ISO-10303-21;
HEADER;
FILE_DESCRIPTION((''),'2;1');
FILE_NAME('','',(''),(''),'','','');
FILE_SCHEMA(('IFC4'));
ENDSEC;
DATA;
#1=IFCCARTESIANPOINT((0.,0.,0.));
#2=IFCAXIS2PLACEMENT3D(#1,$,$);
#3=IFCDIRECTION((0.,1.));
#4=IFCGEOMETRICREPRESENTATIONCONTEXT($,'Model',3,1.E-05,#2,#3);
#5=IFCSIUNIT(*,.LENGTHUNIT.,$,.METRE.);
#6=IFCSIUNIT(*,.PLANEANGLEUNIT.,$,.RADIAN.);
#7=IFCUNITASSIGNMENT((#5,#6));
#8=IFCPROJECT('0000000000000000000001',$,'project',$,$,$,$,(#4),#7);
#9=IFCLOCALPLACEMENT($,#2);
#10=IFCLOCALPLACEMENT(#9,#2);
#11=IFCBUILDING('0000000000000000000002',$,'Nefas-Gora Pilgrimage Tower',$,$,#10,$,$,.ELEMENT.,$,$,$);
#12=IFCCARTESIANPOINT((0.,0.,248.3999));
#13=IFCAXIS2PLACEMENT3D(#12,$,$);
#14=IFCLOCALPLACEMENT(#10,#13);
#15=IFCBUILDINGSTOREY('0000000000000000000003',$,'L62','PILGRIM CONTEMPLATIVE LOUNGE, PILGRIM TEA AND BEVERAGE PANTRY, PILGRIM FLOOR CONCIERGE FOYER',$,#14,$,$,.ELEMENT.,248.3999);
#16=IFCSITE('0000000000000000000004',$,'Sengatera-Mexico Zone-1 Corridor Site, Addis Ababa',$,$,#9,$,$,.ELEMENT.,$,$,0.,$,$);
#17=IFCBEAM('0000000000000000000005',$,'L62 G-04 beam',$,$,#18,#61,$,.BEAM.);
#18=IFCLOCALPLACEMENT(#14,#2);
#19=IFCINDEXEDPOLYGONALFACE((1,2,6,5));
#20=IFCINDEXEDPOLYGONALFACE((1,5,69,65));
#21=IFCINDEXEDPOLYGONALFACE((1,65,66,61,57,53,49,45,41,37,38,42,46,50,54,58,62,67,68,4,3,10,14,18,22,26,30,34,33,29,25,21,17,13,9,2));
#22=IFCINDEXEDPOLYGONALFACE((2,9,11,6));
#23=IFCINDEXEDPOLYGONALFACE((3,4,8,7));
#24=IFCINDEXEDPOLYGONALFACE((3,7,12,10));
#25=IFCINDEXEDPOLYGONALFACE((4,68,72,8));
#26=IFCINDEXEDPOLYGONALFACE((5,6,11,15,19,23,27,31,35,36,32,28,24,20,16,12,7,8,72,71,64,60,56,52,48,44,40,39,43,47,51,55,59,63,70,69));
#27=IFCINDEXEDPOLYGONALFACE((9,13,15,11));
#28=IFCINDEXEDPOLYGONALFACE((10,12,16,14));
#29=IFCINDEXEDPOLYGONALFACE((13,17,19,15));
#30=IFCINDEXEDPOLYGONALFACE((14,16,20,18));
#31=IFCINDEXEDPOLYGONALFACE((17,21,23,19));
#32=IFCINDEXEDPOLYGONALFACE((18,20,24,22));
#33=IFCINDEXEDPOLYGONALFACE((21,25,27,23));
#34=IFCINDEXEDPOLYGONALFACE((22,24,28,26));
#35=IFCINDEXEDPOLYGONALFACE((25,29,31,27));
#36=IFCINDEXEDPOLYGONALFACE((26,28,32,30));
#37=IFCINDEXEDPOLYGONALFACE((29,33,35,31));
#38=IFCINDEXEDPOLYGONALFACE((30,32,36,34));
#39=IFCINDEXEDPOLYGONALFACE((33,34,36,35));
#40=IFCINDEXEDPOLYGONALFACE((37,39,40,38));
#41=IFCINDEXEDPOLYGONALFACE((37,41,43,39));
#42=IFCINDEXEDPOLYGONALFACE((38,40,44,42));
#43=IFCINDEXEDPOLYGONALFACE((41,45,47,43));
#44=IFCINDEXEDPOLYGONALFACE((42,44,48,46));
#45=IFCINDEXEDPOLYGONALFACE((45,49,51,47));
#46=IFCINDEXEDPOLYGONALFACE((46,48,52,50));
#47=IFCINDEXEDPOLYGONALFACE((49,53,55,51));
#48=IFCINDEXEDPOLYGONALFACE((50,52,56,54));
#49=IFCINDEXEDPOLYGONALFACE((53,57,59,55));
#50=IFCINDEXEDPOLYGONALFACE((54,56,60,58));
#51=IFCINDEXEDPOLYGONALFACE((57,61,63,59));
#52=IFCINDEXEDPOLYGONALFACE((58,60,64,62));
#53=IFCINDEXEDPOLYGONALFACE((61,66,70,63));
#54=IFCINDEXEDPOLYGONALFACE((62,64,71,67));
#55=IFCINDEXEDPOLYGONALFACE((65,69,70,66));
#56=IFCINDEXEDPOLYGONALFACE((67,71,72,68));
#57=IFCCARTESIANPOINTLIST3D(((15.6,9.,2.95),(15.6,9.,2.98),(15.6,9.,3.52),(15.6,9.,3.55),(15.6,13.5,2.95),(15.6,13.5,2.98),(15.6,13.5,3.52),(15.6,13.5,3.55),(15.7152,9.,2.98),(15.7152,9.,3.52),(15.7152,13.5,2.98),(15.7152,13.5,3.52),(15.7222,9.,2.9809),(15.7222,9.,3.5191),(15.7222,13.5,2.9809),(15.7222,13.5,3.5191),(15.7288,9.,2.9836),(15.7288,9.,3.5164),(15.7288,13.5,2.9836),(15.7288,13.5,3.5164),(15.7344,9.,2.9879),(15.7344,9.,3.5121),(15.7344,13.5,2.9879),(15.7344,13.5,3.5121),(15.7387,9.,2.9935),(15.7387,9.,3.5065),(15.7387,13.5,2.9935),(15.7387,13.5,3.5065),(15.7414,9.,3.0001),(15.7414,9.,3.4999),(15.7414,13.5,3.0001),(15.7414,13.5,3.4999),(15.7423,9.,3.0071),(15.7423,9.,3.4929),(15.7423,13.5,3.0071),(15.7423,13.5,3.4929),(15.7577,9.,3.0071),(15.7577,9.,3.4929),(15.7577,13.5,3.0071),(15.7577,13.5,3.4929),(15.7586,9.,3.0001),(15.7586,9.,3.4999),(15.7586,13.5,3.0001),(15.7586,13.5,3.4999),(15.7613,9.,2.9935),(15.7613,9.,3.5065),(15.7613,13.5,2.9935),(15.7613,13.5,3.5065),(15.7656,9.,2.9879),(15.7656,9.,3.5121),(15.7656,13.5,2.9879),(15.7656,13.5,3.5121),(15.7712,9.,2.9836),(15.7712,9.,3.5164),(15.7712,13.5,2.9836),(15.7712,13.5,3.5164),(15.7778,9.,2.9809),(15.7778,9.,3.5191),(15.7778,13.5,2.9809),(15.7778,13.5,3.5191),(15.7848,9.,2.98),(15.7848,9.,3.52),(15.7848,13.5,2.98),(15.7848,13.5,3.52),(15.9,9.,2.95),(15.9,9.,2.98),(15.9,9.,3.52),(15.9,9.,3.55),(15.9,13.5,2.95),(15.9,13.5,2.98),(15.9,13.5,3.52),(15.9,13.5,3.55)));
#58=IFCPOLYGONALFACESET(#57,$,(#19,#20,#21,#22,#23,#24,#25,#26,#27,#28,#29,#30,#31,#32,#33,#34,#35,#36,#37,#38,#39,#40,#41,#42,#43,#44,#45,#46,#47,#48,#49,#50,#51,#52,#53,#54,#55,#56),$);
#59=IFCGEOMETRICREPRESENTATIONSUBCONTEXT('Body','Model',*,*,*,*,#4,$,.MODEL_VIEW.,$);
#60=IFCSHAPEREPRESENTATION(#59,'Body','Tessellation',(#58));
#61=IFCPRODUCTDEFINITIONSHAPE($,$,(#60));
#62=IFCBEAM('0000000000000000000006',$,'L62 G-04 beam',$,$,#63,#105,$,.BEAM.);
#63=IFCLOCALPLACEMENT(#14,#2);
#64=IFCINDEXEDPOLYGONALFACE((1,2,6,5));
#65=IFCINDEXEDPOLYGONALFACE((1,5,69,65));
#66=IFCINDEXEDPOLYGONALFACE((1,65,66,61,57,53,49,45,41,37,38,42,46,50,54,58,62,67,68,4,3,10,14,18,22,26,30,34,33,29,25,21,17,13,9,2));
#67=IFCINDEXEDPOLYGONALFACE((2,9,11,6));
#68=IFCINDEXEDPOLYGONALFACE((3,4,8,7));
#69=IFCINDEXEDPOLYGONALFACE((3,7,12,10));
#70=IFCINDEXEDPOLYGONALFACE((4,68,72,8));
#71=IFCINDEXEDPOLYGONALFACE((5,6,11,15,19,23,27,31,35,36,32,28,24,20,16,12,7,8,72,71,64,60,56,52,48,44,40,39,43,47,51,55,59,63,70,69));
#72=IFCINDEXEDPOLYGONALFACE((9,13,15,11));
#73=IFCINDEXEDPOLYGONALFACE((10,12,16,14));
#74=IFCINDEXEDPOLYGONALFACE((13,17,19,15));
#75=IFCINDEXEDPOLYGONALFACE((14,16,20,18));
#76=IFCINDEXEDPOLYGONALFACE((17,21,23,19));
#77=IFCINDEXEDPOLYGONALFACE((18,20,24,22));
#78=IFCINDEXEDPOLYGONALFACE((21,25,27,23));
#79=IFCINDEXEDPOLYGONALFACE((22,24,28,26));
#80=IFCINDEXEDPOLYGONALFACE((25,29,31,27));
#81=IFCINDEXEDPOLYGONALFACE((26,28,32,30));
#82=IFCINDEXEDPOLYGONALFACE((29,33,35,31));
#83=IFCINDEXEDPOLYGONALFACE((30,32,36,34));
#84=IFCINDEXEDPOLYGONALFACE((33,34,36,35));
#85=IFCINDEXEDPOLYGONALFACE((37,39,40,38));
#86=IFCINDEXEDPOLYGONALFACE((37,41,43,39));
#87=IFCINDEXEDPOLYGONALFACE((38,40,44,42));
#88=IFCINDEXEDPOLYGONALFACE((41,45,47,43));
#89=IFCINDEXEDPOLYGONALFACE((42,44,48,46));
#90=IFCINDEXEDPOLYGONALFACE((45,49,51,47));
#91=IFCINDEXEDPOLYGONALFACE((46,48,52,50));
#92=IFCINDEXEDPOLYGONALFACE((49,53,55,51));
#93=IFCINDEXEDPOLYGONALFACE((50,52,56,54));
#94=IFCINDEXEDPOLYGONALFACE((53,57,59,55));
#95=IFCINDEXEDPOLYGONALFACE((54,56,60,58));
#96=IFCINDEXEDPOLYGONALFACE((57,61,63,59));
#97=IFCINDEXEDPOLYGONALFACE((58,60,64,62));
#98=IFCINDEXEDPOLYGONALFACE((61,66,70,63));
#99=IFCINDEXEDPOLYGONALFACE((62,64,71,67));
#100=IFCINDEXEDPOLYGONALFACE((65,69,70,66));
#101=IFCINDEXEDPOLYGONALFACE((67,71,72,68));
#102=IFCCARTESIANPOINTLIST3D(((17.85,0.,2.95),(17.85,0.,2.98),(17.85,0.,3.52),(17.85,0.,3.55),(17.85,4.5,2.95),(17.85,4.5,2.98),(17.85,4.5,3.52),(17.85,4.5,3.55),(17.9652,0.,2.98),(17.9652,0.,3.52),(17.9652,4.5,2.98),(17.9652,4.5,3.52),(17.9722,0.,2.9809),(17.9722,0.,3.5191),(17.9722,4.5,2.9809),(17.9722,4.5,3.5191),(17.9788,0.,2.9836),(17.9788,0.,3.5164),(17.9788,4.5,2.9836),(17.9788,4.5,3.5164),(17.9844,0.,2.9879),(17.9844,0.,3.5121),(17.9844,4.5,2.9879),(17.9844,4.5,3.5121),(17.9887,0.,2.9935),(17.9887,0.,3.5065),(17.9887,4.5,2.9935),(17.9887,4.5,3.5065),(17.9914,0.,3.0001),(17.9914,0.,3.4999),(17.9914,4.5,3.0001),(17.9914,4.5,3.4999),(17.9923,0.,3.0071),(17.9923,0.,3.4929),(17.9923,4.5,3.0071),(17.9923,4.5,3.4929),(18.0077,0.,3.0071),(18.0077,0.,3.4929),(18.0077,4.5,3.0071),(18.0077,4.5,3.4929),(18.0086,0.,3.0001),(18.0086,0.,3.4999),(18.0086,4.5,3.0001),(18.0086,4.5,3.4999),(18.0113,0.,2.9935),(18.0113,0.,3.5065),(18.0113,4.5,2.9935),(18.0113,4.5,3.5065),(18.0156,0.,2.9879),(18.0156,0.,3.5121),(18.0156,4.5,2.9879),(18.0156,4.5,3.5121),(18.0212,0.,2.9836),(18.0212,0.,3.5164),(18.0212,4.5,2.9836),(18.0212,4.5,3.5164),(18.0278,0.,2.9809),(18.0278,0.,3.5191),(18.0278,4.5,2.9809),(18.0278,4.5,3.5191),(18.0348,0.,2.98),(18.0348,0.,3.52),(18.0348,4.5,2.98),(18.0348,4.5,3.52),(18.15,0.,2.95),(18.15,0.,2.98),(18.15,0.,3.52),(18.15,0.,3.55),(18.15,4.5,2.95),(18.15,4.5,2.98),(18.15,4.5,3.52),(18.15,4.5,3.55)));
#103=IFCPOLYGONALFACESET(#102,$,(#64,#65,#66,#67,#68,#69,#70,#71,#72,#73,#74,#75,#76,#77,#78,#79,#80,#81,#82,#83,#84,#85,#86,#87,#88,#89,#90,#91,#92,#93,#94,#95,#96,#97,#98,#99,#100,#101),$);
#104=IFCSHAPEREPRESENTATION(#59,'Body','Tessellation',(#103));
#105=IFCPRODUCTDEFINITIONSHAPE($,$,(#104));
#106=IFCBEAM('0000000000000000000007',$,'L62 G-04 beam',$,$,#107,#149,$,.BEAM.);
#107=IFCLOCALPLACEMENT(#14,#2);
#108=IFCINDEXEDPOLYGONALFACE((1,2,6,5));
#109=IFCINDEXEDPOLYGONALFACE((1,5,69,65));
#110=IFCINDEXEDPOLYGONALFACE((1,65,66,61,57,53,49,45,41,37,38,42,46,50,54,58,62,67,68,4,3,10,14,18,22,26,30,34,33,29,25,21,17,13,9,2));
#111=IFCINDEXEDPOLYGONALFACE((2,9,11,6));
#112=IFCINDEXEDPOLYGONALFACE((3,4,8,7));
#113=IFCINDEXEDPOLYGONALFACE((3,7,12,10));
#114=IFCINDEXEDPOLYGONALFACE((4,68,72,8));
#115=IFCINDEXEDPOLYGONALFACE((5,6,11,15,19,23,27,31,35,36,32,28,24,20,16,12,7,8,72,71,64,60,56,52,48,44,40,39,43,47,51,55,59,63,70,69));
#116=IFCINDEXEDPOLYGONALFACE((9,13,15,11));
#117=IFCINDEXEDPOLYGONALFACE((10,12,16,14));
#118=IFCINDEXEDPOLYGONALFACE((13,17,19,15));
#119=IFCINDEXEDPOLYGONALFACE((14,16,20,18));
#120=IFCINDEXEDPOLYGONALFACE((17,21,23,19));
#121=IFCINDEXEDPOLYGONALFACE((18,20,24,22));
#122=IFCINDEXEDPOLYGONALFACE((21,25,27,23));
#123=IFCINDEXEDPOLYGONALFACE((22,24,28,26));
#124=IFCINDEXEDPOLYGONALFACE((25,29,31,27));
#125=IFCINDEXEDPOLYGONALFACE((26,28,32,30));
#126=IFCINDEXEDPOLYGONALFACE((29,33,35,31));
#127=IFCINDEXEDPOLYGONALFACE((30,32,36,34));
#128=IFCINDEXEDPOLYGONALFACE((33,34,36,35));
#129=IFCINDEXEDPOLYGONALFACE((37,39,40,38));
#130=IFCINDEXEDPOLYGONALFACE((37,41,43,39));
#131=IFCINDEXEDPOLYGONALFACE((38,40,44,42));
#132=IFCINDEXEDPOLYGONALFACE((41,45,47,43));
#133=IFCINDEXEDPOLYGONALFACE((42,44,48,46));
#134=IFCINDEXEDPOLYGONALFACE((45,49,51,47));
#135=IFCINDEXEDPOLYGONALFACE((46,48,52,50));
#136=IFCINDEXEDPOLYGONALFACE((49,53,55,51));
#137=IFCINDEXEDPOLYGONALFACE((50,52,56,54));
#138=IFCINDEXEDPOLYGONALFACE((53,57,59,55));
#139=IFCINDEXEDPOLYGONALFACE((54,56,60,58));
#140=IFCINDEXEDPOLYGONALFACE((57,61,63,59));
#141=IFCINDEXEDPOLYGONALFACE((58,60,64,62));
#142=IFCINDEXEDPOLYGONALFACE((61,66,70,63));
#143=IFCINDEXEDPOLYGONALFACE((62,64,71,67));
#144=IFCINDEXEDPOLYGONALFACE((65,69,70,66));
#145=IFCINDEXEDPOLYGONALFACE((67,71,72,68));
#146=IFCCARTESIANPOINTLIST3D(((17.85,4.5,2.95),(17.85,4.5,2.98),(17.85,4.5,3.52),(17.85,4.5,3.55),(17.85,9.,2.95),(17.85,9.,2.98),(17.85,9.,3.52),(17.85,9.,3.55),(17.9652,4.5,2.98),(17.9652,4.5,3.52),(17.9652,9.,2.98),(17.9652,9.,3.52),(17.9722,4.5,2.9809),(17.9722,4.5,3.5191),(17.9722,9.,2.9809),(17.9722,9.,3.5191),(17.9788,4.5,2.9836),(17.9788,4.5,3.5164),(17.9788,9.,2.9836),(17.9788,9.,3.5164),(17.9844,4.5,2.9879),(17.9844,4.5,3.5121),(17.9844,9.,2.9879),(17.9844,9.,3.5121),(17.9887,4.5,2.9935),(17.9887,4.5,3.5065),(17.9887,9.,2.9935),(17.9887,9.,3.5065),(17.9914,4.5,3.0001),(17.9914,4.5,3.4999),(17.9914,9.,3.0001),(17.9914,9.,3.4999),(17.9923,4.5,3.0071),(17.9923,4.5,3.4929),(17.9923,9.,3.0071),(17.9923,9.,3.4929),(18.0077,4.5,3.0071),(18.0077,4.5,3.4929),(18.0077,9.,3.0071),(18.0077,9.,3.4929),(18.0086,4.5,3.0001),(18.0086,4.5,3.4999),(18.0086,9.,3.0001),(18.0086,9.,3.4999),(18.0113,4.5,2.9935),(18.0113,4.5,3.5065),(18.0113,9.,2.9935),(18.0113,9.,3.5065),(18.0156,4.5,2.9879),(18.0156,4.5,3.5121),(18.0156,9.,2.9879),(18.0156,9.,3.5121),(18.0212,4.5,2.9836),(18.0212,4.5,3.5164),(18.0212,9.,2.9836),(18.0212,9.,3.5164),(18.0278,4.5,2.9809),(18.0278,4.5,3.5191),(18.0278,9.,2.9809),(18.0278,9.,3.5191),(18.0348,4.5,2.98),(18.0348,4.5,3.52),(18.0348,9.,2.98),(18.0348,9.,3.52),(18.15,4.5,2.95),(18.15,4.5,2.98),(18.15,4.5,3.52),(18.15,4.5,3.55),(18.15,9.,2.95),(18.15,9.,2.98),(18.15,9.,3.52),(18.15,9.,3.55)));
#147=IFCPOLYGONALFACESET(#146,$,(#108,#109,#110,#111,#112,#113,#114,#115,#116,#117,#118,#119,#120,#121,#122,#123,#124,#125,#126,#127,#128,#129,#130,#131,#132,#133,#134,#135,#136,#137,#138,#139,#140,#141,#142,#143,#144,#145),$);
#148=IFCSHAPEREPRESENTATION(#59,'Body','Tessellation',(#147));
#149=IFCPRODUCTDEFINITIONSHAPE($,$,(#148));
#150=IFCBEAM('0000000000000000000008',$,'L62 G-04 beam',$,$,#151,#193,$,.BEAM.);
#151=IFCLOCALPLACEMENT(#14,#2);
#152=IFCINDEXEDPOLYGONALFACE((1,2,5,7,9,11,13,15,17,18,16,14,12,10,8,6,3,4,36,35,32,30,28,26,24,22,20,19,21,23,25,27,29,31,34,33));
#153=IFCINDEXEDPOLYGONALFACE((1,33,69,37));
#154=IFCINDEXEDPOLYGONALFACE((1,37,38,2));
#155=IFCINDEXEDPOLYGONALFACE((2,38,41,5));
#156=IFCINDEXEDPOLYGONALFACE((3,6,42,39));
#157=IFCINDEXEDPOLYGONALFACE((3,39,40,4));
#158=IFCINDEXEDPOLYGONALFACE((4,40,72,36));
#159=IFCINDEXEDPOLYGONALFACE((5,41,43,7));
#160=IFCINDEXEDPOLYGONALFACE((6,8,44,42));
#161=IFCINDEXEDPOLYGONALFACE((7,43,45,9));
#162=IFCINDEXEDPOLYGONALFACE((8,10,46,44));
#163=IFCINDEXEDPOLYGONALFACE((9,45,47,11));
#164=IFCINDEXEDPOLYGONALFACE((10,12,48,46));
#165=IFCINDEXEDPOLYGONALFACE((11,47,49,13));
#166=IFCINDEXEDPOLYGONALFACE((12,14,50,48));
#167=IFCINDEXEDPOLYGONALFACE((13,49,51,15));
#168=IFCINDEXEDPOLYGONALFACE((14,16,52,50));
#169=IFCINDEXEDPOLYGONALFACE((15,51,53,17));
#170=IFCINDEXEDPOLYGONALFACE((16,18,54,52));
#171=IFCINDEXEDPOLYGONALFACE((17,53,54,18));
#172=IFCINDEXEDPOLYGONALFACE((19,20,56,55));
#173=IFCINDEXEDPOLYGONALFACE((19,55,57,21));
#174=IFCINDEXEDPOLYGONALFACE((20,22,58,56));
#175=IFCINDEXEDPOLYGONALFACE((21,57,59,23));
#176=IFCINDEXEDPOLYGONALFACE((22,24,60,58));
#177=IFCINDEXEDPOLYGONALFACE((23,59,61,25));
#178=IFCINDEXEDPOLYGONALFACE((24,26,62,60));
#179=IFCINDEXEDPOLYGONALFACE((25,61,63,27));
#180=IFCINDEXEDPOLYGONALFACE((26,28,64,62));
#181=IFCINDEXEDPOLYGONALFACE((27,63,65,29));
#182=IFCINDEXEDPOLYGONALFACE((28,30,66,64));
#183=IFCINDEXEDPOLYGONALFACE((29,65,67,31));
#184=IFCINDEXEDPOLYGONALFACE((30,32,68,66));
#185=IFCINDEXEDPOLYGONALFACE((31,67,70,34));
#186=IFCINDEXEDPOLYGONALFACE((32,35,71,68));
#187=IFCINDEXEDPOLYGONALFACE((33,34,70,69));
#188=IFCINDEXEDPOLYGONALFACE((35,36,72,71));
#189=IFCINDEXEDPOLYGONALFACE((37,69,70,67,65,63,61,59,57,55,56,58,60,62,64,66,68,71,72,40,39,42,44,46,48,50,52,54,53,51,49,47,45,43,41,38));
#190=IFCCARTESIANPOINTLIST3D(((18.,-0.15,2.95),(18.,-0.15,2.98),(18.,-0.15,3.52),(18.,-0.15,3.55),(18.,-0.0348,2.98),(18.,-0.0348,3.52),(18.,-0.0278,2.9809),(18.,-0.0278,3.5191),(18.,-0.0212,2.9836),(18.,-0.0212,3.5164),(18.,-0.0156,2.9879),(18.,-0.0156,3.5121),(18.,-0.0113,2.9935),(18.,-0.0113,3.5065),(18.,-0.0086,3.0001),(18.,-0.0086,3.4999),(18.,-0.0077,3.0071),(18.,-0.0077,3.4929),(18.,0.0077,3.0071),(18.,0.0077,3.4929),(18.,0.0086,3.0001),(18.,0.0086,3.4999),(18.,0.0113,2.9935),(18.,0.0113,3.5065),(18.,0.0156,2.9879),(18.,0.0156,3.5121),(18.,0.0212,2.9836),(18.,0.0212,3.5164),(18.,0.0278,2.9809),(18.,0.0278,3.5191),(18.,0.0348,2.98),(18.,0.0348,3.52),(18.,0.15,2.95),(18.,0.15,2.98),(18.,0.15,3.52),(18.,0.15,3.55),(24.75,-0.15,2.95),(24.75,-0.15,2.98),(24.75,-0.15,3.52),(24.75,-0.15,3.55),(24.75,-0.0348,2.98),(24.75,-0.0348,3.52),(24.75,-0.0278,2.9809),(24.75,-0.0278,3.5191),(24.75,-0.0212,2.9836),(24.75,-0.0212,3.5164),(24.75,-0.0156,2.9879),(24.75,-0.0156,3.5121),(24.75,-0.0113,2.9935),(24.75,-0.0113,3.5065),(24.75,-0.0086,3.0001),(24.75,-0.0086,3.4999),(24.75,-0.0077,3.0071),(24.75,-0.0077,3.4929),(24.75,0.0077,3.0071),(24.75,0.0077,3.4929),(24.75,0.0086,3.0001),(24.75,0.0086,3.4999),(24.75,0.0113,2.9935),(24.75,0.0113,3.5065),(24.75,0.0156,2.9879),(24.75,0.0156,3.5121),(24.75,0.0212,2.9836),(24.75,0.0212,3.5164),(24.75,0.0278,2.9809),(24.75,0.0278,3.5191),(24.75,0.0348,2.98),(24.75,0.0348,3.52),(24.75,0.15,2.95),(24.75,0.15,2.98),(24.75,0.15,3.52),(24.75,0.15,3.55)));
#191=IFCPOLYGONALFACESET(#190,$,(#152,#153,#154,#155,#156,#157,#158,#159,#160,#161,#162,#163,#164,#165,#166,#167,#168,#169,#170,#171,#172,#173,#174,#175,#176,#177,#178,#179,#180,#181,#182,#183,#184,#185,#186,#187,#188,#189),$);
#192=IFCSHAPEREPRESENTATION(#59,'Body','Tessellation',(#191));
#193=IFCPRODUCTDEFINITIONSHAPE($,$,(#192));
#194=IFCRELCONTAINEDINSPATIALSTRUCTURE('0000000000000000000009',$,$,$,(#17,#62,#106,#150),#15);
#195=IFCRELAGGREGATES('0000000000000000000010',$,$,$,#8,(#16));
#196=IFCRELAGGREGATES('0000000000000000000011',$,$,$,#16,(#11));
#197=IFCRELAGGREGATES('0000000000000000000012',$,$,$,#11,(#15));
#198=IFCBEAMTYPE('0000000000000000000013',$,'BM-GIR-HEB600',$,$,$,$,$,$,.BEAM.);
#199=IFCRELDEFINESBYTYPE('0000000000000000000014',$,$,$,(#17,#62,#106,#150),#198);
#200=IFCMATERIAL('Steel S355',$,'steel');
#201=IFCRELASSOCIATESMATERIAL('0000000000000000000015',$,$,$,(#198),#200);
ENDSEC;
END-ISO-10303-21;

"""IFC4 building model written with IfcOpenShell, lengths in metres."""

from ifc_helpers import new_model, si_unit, direction, frame, origin, origin_2d, place, context, subcontext, project, spatial, i_section, extrude, source, transform, mapped, material, material_profile, profile_set, type_object, element, save


model = new_model("IFC4")

# Units and contexts
model_context = context("Model", 3, precision=1e-05, world=origin(), true_north=direction((0.0, 1.0)))
body_context = subcontext(model_context, "Body", "Model", "MODEL_VIEW")
ifc_project = project(units=[si_unit("LENGTHUNIT", "METRE"), si_unit("PLANEANGLEUNIT", "RADIAN")], contexts=[model_context])

# Site, building, storey
site_placement = place(None, origin())
site = spatial("IfcSite", under=ifc_project, at=site_placement, Name="Sengatera-Mexico Zone-1 Corridor Site, Addis Ababa", CompositionType="ELEMENT", RefElevation=0.0)
building_placement = place(site_placement, origin())
building = spatial("IfcBuilding", under=site, at=building_placement, Name="Nefas-Gora Pilgrimage Tower", CompositionType="ELEMENT")
storey_placement = place(building_placement, frame((0.0, 0.0, 248.3999)))
storey = spatial("IfcBuildingStorey", under=building, at=storey_placement, Name="L62", Description="PILGRIM CONTEMPLATIVE LOUNGE, PILGRIM TEA AND BEVERAGE PANTRY, PILGRIM FLOOR CONCIERGE FOYER", CompositionType="ELEMENT", Elevation=248.3999)

# Beams
ifc_material_1 = material(Name="Steel S355", Category="steel")
ifc_material_profile_1 = material_profile(ifc_material_1, i_section(OverallWidth=0.3, OverallDepth=0.6001, WebThickness=0.0154, FlangeThickness=0.03, FilletRadius=0.0271, at=origin_2d()), Name="HEB 600")
ifc_profile_set_1 = profile_set([ifc_material_profile_1], Name="Steel S355")
beam_type_1 = type_object("IfcBeamType", Name="BM-GIR-HEB600", PredefinedType="BEAM", material=ifc_profile_set_1)
shared_shape_1 = source(origin(), body_context, "Body", "SweptSolid", [
    extrude(i_section(OverallWidth=0.3, OverallDepth=0.6001, WebThickness=0.0154, FlangeThickness=0.03, FilletRadius=0.0271, at=origin_2d()), origin(), (0.0, 0.0, 1.0), 4.5),
])
for number, where, z_axis, x_axis, name in (
    (1, (15.75, 9.0, 3.25), (0.0, 1.0, 0.0), (-1.0, 0.0, 0.0), "L62 G-04 beam"),
    (2, (18.0, 0.0, 3.25), (0.0, 1.0, 0.0), (-1.0, 0.0, 0.0), "L62 G-04 beam"),
    (3, (18.0, 4.5, 3.25), (0.0, 1.0, 0.0), (-1.0, 0.0, 0.0), "L62 G-04 beam"),
):
    element("IfcBeam", number, at=place(storey_placement, frame(where, z_axis=z_axis, x_axis=x_axis)), inside=storey, type_object=beam_type_1, Name=name, PredefinedType="BEAM", context=body_context, shape_type="MappedRepresentation", body=[
        mapped(shared_shape_1, transform((0.0, 0.0, 0.0), x_axis=(1.0, 0.0, 0.0), y_axis=(0.0, 1.0, 0.0), z_axis=(0.0, 0.0, 1.0), scale=1.0)),
    ])
shared_shape_2 = source(origin(), body_context, "Body", "SweptSolid", [
    extrude(i_section(OverallWidth=0.3, OverallDepth=0.6001, WebThickness=0.0154, FlangeThickness=0.03, FilletRadius=0.0271, at=origin_2d()), origin(), (0.0, 0.0, 1.0), 6.75),
])
for number, where, z_axis, x_axis, name in (
    (4, (18.0, 0.0, 3.25), (1.0, 0.0, 0.0), (0.0, 1.0, 0.0), "L62 G-04 beam"),
):
    element("IfcBeam", number, at=place(storey_placement, frame(where, z_axis=z_axis, x_axis=x_axis)), inside=storey, type_object=beam_type_1, Name=name, PredefinedType="BEAM", context=body_context, shape_type="MappedRepresentation", body=[
        mapped(shared_shape_2, transform((0.0, 0.0, 0.0), x_axis=(1.0, 0.0, 0.0), y_axis=(0.0, 1.0, 0.0), z_axis=(0.0, 0.0, 1.0), scale=1.0)),
    ])

save(model, "model.ifc")
